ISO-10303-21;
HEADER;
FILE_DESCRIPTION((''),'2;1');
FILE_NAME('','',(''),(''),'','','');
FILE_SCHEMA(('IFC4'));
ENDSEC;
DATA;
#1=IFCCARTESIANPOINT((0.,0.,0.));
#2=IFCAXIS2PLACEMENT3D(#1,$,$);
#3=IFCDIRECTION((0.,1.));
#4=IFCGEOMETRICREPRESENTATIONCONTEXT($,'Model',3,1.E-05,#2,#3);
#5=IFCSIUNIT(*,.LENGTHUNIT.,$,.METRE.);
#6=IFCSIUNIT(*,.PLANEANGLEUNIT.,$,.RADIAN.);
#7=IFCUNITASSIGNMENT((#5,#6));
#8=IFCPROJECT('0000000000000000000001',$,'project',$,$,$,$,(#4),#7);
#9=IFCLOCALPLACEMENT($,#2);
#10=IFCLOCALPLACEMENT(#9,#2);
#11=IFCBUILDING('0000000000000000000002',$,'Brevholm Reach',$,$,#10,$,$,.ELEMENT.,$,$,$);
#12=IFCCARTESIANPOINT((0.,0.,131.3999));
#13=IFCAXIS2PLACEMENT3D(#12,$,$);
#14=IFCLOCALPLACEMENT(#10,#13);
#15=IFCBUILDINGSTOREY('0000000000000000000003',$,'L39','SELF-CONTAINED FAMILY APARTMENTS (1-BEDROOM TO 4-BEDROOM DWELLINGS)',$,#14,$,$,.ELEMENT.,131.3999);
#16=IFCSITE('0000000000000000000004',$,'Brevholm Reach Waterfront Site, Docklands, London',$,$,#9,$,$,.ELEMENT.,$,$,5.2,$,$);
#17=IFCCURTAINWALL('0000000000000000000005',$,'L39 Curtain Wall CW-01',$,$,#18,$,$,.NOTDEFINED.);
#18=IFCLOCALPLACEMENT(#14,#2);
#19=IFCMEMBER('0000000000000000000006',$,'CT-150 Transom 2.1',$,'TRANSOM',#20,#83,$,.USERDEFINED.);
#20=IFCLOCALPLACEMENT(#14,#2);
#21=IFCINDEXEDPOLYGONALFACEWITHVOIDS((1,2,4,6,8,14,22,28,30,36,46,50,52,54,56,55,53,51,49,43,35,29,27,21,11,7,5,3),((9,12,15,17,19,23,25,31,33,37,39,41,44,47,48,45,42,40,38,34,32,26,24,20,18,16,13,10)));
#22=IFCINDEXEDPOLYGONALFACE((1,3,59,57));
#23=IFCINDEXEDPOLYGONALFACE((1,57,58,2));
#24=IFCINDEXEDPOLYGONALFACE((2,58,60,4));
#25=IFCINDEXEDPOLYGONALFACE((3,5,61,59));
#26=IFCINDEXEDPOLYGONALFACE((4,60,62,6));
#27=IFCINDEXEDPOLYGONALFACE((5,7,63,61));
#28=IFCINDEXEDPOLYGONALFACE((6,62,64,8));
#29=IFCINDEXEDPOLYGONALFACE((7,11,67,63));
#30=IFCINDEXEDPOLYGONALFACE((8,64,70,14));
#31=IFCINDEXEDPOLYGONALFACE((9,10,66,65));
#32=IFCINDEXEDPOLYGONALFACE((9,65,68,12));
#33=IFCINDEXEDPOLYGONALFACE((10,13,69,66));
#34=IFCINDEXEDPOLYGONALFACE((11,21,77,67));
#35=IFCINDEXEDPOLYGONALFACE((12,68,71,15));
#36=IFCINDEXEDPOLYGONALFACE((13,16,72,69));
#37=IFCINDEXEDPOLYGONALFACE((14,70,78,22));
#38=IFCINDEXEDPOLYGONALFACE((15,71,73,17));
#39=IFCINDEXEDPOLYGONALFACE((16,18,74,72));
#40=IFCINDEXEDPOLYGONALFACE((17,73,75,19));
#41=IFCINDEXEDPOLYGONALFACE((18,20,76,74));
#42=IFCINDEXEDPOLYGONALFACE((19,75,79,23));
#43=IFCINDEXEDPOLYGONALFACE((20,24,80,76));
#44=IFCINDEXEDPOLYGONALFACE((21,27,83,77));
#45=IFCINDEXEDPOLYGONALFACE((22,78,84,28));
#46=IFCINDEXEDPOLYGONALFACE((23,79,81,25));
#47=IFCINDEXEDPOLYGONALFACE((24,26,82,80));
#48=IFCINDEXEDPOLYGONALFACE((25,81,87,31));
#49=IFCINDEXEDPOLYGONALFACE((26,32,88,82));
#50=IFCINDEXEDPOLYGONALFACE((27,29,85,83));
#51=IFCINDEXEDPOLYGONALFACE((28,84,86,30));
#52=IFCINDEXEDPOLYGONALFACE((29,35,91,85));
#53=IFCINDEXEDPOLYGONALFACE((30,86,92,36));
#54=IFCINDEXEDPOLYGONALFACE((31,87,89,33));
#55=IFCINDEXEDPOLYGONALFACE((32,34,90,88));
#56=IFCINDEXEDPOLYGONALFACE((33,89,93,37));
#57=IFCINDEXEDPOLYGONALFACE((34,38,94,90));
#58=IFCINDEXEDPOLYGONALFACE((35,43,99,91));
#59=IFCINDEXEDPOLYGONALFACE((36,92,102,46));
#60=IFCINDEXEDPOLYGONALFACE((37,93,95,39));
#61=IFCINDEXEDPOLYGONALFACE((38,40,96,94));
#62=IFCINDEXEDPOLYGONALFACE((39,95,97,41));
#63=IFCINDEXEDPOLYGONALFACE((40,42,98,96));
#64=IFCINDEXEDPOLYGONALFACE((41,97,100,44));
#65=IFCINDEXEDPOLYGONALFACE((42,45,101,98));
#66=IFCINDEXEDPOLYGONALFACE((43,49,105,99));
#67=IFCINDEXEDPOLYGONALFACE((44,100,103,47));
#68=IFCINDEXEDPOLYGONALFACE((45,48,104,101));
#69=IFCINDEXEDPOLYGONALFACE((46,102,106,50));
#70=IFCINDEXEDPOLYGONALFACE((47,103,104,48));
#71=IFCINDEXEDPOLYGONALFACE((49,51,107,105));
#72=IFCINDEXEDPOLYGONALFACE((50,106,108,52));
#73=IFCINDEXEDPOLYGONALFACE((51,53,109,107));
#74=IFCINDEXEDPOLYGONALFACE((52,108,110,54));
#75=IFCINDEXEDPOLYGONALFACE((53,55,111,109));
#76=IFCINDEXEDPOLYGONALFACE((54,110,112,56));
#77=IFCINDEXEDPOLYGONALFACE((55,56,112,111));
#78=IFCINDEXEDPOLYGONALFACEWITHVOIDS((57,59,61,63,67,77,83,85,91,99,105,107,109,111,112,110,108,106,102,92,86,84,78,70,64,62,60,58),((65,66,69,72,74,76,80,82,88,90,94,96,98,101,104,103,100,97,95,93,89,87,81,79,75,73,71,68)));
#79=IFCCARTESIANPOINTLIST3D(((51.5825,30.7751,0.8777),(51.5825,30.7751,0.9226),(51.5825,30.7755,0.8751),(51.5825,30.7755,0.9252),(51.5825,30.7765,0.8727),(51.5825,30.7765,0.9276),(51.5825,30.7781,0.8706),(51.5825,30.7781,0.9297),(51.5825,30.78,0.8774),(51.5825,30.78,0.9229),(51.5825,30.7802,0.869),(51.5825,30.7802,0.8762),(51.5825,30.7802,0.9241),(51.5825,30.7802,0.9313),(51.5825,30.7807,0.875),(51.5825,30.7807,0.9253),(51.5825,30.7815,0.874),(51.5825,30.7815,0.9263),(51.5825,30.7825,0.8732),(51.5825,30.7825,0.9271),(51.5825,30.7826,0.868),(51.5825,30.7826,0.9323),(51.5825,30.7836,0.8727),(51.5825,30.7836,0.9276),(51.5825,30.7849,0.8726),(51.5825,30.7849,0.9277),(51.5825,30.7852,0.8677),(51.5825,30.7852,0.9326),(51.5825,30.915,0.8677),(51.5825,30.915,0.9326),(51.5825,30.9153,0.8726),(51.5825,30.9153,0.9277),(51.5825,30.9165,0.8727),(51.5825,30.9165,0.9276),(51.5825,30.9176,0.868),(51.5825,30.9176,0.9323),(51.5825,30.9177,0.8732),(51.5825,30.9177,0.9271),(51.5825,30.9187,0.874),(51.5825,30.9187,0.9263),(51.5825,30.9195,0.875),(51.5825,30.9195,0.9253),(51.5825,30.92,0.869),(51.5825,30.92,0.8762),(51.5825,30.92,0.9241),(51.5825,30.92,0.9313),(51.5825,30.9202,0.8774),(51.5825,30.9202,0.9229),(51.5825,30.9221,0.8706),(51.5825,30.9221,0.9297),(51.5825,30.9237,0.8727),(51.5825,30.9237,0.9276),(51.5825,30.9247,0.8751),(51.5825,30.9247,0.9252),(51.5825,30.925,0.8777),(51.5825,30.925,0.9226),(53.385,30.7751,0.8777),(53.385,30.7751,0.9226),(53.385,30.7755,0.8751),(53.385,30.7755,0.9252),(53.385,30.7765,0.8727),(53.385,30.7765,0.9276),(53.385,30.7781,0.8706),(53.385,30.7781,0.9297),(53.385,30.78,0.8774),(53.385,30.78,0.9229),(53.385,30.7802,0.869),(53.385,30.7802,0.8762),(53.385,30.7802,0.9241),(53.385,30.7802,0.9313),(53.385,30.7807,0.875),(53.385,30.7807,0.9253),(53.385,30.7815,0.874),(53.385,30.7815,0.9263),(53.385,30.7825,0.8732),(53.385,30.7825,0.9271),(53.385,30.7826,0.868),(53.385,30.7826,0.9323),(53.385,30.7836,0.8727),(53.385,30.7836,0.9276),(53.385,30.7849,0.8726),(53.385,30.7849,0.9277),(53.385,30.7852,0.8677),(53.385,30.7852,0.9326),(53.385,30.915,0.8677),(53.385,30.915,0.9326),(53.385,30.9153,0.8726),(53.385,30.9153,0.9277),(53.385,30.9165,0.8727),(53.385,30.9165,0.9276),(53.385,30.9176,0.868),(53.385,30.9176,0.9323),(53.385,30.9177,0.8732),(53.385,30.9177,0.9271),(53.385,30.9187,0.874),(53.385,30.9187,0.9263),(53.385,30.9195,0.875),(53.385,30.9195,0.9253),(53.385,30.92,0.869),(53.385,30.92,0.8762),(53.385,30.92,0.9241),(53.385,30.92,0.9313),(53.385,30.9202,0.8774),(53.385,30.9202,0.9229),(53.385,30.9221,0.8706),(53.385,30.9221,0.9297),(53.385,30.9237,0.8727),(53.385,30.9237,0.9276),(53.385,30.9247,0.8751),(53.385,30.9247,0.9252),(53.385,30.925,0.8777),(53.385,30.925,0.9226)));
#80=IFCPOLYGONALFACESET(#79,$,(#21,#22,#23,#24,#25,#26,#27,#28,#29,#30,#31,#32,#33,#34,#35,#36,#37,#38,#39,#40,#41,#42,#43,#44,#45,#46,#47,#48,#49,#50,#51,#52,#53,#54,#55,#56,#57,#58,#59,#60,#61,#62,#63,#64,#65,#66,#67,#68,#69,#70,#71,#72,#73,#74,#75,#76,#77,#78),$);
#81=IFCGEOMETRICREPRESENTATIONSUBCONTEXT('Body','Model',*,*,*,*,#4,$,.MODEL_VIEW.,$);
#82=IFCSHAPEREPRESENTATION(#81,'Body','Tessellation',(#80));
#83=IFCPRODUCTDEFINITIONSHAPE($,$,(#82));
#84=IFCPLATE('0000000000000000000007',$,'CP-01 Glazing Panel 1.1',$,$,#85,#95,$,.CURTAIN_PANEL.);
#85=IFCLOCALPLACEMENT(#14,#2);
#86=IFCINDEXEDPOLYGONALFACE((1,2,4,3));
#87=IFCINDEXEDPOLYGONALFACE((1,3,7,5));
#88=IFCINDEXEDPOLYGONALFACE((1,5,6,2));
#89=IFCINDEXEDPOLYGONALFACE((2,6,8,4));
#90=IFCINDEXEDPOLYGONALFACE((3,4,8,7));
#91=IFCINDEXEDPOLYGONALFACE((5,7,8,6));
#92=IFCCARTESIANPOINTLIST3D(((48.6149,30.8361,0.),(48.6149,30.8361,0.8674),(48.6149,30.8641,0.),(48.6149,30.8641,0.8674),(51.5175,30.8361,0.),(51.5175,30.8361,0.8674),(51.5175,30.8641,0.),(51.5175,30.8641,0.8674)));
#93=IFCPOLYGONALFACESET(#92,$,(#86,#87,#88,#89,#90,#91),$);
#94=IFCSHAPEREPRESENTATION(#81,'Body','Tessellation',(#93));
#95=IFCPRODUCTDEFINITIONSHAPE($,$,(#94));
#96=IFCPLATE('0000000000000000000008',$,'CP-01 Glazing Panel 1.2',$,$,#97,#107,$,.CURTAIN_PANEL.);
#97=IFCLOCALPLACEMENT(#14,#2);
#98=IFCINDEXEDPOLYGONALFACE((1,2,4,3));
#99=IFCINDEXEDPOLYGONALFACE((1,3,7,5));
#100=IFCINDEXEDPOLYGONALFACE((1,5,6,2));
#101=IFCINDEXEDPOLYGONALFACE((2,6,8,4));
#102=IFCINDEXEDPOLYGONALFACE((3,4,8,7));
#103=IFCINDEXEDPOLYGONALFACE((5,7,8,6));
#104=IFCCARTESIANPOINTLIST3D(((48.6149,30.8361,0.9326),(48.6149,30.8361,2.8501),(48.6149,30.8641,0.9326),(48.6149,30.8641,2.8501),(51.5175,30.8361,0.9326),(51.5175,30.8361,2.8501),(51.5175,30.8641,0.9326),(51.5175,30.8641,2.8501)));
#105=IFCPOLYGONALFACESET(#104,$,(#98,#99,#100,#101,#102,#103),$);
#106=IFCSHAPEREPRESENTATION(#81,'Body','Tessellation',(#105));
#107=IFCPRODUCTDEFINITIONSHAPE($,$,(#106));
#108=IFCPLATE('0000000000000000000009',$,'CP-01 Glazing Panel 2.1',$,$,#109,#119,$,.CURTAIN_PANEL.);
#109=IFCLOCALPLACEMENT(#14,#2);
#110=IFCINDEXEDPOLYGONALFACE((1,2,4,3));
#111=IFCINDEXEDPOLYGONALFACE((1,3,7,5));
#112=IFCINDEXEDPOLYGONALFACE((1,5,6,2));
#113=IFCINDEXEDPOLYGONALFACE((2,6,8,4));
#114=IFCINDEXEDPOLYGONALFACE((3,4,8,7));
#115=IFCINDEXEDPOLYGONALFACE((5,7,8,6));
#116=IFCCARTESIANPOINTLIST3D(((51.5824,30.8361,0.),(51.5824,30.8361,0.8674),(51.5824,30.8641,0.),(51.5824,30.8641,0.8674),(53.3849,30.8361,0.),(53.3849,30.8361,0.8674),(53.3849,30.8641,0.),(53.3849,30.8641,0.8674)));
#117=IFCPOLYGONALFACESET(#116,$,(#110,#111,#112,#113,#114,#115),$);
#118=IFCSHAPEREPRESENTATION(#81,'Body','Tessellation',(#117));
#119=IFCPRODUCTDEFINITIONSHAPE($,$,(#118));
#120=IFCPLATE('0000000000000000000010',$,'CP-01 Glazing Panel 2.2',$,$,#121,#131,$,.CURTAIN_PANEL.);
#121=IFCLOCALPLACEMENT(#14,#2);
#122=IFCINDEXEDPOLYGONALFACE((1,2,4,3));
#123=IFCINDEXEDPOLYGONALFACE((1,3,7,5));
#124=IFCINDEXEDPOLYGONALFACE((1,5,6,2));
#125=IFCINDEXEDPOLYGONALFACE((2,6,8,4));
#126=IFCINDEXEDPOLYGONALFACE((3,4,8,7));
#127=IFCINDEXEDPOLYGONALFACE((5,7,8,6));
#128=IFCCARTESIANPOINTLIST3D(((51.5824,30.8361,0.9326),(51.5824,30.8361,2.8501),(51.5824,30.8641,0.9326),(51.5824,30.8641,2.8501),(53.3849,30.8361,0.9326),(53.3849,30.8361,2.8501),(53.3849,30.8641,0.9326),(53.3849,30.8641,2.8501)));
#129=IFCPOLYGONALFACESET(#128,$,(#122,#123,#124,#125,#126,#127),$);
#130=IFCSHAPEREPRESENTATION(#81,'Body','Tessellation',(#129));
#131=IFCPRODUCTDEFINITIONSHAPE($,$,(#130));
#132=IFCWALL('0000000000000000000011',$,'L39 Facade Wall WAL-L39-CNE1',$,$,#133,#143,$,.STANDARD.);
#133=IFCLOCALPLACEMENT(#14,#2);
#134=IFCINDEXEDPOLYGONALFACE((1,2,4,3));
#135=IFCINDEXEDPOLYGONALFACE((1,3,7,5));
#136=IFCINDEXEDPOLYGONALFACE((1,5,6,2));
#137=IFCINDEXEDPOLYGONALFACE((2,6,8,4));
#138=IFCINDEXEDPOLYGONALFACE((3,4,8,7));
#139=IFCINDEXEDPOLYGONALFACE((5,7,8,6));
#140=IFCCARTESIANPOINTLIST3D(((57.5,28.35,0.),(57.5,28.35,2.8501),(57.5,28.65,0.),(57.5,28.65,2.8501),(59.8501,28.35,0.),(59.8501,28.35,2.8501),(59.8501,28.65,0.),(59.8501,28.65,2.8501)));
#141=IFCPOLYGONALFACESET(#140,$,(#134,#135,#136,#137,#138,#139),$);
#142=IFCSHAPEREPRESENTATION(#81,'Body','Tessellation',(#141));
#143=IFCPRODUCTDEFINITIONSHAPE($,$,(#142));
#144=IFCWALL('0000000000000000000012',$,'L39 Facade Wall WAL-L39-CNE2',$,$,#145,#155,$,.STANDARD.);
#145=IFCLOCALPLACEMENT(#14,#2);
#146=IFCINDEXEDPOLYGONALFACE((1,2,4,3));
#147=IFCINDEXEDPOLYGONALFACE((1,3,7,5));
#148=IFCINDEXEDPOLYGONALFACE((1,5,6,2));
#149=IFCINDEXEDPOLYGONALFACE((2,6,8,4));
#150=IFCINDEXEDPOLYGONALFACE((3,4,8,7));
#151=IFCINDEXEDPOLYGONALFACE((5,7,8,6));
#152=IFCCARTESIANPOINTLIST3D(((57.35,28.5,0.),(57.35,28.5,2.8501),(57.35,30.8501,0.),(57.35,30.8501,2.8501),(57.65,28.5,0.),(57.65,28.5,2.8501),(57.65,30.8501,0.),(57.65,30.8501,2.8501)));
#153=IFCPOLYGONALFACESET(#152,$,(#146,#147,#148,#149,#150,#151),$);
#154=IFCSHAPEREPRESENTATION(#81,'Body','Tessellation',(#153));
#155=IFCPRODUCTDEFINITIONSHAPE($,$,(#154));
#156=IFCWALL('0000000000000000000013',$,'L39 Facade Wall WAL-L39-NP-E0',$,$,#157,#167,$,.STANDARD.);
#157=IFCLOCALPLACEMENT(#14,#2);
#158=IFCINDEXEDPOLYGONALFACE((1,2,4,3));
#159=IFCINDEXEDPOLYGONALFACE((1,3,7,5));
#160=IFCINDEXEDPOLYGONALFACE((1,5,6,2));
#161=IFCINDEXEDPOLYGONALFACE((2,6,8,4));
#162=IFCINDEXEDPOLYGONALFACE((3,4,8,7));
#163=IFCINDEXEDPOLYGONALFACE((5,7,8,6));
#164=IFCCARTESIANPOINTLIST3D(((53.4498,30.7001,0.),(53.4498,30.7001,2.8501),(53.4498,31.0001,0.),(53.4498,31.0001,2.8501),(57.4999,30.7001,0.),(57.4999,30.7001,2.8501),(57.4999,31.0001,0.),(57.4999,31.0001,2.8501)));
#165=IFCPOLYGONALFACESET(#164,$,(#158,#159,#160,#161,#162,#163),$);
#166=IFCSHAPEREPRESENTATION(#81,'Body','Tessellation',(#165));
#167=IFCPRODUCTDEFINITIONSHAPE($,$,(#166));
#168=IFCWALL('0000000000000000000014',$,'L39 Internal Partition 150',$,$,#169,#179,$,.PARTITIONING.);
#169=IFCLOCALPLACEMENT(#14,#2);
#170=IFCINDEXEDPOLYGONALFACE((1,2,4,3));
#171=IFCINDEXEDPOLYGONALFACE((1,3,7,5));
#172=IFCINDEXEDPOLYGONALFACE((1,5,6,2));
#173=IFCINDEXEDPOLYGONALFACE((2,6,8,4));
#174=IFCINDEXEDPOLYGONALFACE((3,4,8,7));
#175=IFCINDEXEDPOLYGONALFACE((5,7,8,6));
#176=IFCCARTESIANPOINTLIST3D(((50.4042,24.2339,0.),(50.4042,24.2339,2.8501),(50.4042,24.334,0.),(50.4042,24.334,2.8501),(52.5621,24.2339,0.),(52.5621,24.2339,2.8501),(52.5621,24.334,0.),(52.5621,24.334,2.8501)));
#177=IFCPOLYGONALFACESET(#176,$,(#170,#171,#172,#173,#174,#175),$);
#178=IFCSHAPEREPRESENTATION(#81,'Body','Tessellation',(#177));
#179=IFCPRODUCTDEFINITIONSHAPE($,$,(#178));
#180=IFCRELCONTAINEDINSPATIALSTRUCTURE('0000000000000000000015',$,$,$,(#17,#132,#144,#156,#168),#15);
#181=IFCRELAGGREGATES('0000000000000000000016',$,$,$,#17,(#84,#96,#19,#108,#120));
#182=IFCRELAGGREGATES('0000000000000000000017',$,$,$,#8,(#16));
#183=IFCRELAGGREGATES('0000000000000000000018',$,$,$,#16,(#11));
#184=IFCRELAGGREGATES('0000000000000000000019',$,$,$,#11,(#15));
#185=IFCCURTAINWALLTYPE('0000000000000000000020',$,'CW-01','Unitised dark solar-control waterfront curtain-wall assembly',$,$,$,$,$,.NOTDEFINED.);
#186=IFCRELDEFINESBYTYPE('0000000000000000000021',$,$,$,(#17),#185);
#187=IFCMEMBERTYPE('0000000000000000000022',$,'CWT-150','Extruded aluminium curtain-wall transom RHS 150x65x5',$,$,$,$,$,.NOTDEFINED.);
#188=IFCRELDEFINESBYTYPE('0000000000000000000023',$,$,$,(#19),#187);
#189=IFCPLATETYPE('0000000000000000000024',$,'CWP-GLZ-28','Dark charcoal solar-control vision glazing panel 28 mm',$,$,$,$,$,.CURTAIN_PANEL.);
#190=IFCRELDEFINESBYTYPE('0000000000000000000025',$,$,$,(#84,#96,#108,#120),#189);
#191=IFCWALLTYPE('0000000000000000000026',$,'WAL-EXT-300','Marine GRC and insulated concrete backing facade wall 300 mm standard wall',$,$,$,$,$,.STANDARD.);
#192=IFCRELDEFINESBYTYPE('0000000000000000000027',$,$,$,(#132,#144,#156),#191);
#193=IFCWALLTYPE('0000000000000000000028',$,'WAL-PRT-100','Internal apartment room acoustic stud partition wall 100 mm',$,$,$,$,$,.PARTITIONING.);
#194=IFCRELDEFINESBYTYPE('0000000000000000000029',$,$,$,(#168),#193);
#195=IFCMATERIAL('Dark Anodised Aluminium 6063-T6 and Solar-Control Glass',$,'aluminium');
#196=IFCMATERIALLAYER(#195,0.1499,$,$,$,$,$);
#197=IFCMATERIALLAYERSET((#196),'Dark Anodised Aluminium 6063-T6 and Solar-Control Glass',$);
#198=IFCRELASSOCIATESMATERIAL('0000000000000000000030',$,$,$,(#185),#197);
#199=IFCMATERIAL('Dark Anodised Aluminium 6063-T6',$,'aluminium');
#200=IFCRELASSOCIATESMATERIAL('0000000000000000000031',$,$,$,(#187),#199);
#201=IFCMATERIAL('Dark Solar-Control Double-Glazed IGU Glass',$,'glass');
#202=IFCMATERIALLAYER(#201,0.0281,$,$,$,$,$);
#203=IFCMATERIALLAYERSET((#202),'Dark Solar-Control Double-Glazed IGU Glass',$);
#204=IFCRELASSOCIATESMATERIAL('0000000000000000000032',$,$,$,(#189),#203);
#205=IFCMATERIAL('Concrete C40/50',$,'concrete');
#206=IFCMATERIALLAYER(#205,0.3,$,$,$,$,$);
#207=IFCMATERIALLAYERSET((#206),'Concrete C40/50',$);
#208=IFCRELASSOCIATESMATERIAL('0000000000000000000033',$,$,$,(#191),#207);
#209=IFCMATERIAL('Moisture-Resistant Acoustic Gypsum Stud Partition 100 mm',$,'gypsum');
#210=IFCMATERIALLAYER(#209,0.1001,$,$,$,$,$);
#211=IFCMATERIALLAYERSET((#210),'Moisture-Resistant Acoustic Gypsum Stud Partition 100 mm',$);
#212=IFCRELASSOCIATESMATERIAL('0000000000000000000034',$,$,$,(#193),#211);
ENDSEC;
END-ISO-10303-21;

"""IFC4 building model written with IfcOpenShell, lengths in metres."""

from ifc_helpers import new_model, si_unit, direction, frame, frame_2d, origin, origin_2d, place, context, subcontext, project, spatial, rectangle, hollow_rectangle, extrude, material, layer, layer_set, material_profile, profile_set, type_object, element, aggregate, save


model = new_model("IFC4")

# Units and contexts
model_context = context("Model", 3, precision=1e-05, world=origin(), true_north=direction((0.0, 1.0)))
body_context = subcontext(model_context, "Body", "Model", "MODEL_VIEW")
ifc_project = project(units=[si_unit("LENGTHUNIT", "METRE"), si_unit("PLANEANGLEUNIT", "RADIAN")], contexts=[model_context])

# Site, building, storey
site_placement = place(None, origin())
site = spatial("IfcSite", under=ifc_project, at=site_placement, Name="Brevholm Reach Waterfront Site, Docklands, London", CompositionType="ELEMENT", RefElevation=5.2)
building_placement = place(site_placement, origin())
building = spatial("IfcBuilding", under=site, at=building_placement, Name="Brevholm Reach", CompositionType="ELEMENT")
storey_placement = place(building_placement, frame((0.0, 0.0, 131.3999)))
storey = spatial("IfcBuildingStorey", under=building, at=storey_placement, Name="L39", Description="SELF-CONTAINED FAMILY APARTMENTS (1-BEDROOM TO 4-BEDROOM DWELLINGS)", CompositionType="ELEMENT", Elevation=131.3999)

# Curtain wall, member, plates
ifc_material_1 = material(Name="Dark Anodised Aluminium 6063-T6 and Solar-Control Glass", Category="aluminium")
ifc_layer_1 = layer(ifc_material_1, 0.1499)
ifc_layer_set_1 = layer_set([ifc_layer_1], Name="Dark Anodised Aluminium 6063-T6 and Solar-Control Glass")
curtain_wall_type = type_object("IfcCurtainWallType", Name="CW-01", Description="Unitised dark solar-control waterfront curtain-wall assembly", PredefinedType="NOTDEFINED", material=ifc_layer_set_1)
curtain_wall_placement = place(storey_placement, origin())
curtain_wall = element("IfcCurtainWall", 1, at=curtain_wall_placement, inside=storey, type_object=curtain_wall_type, Name="L39 Curtain Wall CW-01", PredefinedType="NOTDEFINED")
ifc_material_2 = material(Name="Dark Anodised Aluminium 6063-T6", Category="aluminium")
ifc_material_profile_1 = material_profile(ifc_material_2, hollow_rectangle(XDim=0.0649, YDim=0.1499, WallThickness=0.0049, InnerFilletRadius=0.0049, OuterFilletRadius=0.01, at=origin_2d()), Name="RHS 150x65x5")
ifc_profile_set_1 = profile_set([ifc_material_profile_1], Name="Dark Anodised Aluminium 6063-T6")
member_type_1 = type_object("IfcMemberType", Name="CWT-150", Description="Extruded aluminium curtain-wall transom RHS 150x65x5", PredefinedType="NOTDEFINED", material=ifc_profile_set_1)
member_1_placement = place(storey_placement, frame((51.5825, 30.8501, 0.9001), z_axis=(1.0, 0.0, 0.0), x_axis=(0.0, 0.0, 1.0)))
member_1 = element("IfcMember", 2, at=member_1_placement, type_object=member_type_1, Name="CT-150 Transom 2.1", ObjectType="TRANSOM", PredefinedType="USERDEFINED", context=body_context, shape_type="SweptSolid", body=[
    extrude(hollow_rectangle(XDim=0.0649, YDim=0.1499, WallThickness=0.0049, InnerFilletRadius=0.0049, OuterFilletRadius=0.01, at=origin_2d()), origin(), (0.0, 0.0, 1.0), 1.8025),
])
ifc_material_3 = material(Name="Dark Solar-Control Double-Glazed IGU Glass", Category="glass")
ifc_layer_2 = layer(ifc_material_3, 0.0281)
ifc_layer_set_2 = layer_set([ifc_layer_2], Name="Dark Solar-Control Double-Glazed IGU Glass")
plate_type = type_object("IfcPlateType", Name="CWP-GLZ-28", Description="Dark charcoal solar-control vision glazing panel 28 mm", PredefinedType="CURTAIN_PANEL", material=ifc_layer_set_2)
plate_1_placement = place(storey_placement, frame((50.0662, 30.8501, 0.0), z_axis=(0.0, 0.0, 1.0), x_axis=(1.0, 0.0, 0.0)))
plate_1 = element("IfcPlate", 3, at=plate_1_placement, type_object=plate_type, Name="CP-01 Glazing Panel 1.1", PredefinedType="CURTAIN_PANEL", context=body_context, shape_type="SweptSolid", body=[
    extrude(rectangle(XDim=2.9026, YDim=0.0281, at=origin_2d()), origin(), (0.0, 0.0, 1.0), 0.8674),
])
plate_2_placement = place(storey_placement, frame((50.0662, 30.8501, 0.9326), z_axis=(0.0, 0.0, 1.0), x_axis=(1.0, 0.0, 0.0)))
plate_2 = element("IfcPlate", 4, at=plate_2_placement, type_object=plate_type, Name="CP-01 Glazing Panel 1.2", PredefinedType="CURTAIN_PANEL", context=body_context, shape_type="SweptSolid", body=[
    extrude(rectangle(XDim=2.9026, YDim=0.0281, at=origin_2d()), origin(), (0.0, 0.0, 1.0), 1.9175),
])
plate_3_placement = place(storey_placement, frame((52.4836, 30.8501, 0.0), z_axis=(0.0, 0.0, 1.0), x_axis=(1.0, 0.0, 0.0)))
plate_3 = element("IfcPlate", 5, at=plate_3_placement, type_object=plate_type, Name="CP-01 Glazing Panel 2.1", PredefinedType="CURTAIN_PANEL", context=body_context, shape_type="SweptSolid", body=[
    extrude(rectangle(XDim=1.8025, YDim=0.0281, at=origin_2d()), origin(), (0.0, 0.0, 1.0), 0.8674),
])
plate_4_placement = place(storey_placement, frame((52.4836, 30.8501, 0.9326), z_axis=(0.0, 0.0, 1.0), x_axis=(1.0, 0.0, 0.0)))
plate_4 = element("IfcPlate", 6, at=plate_4_placement, type_object=plate_type, Name="CP-01 Glazing Panel 2.2", PredefinedType="CURTAIN_PANEL", context=body_context, shape_type="SweptSolid", body=[
    extrude(rectangle(XDim=1.8025, YDim=0.0281, at=origin_2d()), origin(), (0.0, 0.0, 1.0), 1.9175),
])
aggregate(curtain_wall, [plate_1, plate_2, member_1, plate_3, plate_4])

# Walls
ifc_material_4 = material(Name="Concrete C40/50", Category="concrete")
ifc_layer_3 = layer(ifc_material_4, 0.3)
ifc_layer_set_3 = layer_set([ifc_layer_3], Name="Concrete C40/50")
wall_type_1 = type_object("IfcWallType", Name="WAL-EXT-300", Description="Marine GRC and insulated concrete backing facade wall 300 mm standard wall", PredefinedType="STANDARD", material=ifc_layer_set_3)
for number, where, z_axis, x_axis, name in (
    (7, (59.8501, 28.5, 0.0), (0.0, 0.0, 1.0), (-1.0, 0.0, 0.0), "L39 Facade Wall WAL-L39-CNE1"),
    (8, (57.5, 28.5, 0.0), (0.0, 0.0, 1.0), (0.0, 1.0, 0.0), "L39 Facade Wall WAL-L39-CNE2"),
):
    element("IfcWall", number, at=place(storey_placement, frame(where, z_axis=z_axis, x_axis=x_axis)), inside=storey, type_object=wall_type_1, Name=name, PredefinedType="STANDARD", context=body_context, shape_type="SweptSolid", body=[
        extrude(rectangle(XDim=2.3501, YDim=0.3, at=frame_2d((1.175, 0.0))), origin(), (0.0, 0.0, 1.0), 2.8501),
    ])
wall_1_placement = place(storey_placement, frame((53.45, 30.8501, 0.0), z_axis=(0.0, 0.0, 1.0), x_axis=(1.0, 0.0, 0.0)))
element("IfcWall", 9, at=wall_1_placement, inside=storey, type_object=wall_type_1, Name="L39 Facade Wall WAL-L39-NP-E0", PredefinedType="STANDARD", context=body_context, shape_type="SweptSolid", body=[
    extrude(rectangle(XDim=4.05, YDim=0.3, at=frame_2d((2.0249, 0.0))), origin(), (0.0, 0.0, 1.0), 2.8501),
])
ifc_material_5 = material(Name="Moisture-Resistant Acoustic Gypsum Stud Partition 100 mm", Category="gypsum")
ifc_layer_4 = layer(ifc_material_5, 0.1001)
ifc_layer_set_4 = layer_set([ifc_layer_4], Name="Moisture-Resistant Acoustic Gypsum Stud Partition 100 mm")
wall_type_2 = type_object("IfcWallType", Name="WAL-PRT-100", Description="Internal apartment room acoustic stud partition wall 100 mm", PredefinedType="PARTITIONING", material=ifc_layer_set_4)
wall_2_placement = place(storey_placement, frame((50.4041, 24.2839, 0.0), z_axis=(0.0, 0.0, 1.0), x_axis=(1.0, 0.0, 0.0)))
element("IfcWall", 10, at=wall_2_placement, inside=storey, type_object=wall_type_2, Name="L39 Internal Partition 150", PredefinedType="PARTITIONING", context=body_context, shape_type="SweptSolid", body=[
    extrude(rectangle(XDim=2.158, YDim=0.1001, at=frame_2d((1.0791, 0.0))), origin(), (0.0, 0.0, 1.0), 2.8501),
])

save(model, "model.ifc")
